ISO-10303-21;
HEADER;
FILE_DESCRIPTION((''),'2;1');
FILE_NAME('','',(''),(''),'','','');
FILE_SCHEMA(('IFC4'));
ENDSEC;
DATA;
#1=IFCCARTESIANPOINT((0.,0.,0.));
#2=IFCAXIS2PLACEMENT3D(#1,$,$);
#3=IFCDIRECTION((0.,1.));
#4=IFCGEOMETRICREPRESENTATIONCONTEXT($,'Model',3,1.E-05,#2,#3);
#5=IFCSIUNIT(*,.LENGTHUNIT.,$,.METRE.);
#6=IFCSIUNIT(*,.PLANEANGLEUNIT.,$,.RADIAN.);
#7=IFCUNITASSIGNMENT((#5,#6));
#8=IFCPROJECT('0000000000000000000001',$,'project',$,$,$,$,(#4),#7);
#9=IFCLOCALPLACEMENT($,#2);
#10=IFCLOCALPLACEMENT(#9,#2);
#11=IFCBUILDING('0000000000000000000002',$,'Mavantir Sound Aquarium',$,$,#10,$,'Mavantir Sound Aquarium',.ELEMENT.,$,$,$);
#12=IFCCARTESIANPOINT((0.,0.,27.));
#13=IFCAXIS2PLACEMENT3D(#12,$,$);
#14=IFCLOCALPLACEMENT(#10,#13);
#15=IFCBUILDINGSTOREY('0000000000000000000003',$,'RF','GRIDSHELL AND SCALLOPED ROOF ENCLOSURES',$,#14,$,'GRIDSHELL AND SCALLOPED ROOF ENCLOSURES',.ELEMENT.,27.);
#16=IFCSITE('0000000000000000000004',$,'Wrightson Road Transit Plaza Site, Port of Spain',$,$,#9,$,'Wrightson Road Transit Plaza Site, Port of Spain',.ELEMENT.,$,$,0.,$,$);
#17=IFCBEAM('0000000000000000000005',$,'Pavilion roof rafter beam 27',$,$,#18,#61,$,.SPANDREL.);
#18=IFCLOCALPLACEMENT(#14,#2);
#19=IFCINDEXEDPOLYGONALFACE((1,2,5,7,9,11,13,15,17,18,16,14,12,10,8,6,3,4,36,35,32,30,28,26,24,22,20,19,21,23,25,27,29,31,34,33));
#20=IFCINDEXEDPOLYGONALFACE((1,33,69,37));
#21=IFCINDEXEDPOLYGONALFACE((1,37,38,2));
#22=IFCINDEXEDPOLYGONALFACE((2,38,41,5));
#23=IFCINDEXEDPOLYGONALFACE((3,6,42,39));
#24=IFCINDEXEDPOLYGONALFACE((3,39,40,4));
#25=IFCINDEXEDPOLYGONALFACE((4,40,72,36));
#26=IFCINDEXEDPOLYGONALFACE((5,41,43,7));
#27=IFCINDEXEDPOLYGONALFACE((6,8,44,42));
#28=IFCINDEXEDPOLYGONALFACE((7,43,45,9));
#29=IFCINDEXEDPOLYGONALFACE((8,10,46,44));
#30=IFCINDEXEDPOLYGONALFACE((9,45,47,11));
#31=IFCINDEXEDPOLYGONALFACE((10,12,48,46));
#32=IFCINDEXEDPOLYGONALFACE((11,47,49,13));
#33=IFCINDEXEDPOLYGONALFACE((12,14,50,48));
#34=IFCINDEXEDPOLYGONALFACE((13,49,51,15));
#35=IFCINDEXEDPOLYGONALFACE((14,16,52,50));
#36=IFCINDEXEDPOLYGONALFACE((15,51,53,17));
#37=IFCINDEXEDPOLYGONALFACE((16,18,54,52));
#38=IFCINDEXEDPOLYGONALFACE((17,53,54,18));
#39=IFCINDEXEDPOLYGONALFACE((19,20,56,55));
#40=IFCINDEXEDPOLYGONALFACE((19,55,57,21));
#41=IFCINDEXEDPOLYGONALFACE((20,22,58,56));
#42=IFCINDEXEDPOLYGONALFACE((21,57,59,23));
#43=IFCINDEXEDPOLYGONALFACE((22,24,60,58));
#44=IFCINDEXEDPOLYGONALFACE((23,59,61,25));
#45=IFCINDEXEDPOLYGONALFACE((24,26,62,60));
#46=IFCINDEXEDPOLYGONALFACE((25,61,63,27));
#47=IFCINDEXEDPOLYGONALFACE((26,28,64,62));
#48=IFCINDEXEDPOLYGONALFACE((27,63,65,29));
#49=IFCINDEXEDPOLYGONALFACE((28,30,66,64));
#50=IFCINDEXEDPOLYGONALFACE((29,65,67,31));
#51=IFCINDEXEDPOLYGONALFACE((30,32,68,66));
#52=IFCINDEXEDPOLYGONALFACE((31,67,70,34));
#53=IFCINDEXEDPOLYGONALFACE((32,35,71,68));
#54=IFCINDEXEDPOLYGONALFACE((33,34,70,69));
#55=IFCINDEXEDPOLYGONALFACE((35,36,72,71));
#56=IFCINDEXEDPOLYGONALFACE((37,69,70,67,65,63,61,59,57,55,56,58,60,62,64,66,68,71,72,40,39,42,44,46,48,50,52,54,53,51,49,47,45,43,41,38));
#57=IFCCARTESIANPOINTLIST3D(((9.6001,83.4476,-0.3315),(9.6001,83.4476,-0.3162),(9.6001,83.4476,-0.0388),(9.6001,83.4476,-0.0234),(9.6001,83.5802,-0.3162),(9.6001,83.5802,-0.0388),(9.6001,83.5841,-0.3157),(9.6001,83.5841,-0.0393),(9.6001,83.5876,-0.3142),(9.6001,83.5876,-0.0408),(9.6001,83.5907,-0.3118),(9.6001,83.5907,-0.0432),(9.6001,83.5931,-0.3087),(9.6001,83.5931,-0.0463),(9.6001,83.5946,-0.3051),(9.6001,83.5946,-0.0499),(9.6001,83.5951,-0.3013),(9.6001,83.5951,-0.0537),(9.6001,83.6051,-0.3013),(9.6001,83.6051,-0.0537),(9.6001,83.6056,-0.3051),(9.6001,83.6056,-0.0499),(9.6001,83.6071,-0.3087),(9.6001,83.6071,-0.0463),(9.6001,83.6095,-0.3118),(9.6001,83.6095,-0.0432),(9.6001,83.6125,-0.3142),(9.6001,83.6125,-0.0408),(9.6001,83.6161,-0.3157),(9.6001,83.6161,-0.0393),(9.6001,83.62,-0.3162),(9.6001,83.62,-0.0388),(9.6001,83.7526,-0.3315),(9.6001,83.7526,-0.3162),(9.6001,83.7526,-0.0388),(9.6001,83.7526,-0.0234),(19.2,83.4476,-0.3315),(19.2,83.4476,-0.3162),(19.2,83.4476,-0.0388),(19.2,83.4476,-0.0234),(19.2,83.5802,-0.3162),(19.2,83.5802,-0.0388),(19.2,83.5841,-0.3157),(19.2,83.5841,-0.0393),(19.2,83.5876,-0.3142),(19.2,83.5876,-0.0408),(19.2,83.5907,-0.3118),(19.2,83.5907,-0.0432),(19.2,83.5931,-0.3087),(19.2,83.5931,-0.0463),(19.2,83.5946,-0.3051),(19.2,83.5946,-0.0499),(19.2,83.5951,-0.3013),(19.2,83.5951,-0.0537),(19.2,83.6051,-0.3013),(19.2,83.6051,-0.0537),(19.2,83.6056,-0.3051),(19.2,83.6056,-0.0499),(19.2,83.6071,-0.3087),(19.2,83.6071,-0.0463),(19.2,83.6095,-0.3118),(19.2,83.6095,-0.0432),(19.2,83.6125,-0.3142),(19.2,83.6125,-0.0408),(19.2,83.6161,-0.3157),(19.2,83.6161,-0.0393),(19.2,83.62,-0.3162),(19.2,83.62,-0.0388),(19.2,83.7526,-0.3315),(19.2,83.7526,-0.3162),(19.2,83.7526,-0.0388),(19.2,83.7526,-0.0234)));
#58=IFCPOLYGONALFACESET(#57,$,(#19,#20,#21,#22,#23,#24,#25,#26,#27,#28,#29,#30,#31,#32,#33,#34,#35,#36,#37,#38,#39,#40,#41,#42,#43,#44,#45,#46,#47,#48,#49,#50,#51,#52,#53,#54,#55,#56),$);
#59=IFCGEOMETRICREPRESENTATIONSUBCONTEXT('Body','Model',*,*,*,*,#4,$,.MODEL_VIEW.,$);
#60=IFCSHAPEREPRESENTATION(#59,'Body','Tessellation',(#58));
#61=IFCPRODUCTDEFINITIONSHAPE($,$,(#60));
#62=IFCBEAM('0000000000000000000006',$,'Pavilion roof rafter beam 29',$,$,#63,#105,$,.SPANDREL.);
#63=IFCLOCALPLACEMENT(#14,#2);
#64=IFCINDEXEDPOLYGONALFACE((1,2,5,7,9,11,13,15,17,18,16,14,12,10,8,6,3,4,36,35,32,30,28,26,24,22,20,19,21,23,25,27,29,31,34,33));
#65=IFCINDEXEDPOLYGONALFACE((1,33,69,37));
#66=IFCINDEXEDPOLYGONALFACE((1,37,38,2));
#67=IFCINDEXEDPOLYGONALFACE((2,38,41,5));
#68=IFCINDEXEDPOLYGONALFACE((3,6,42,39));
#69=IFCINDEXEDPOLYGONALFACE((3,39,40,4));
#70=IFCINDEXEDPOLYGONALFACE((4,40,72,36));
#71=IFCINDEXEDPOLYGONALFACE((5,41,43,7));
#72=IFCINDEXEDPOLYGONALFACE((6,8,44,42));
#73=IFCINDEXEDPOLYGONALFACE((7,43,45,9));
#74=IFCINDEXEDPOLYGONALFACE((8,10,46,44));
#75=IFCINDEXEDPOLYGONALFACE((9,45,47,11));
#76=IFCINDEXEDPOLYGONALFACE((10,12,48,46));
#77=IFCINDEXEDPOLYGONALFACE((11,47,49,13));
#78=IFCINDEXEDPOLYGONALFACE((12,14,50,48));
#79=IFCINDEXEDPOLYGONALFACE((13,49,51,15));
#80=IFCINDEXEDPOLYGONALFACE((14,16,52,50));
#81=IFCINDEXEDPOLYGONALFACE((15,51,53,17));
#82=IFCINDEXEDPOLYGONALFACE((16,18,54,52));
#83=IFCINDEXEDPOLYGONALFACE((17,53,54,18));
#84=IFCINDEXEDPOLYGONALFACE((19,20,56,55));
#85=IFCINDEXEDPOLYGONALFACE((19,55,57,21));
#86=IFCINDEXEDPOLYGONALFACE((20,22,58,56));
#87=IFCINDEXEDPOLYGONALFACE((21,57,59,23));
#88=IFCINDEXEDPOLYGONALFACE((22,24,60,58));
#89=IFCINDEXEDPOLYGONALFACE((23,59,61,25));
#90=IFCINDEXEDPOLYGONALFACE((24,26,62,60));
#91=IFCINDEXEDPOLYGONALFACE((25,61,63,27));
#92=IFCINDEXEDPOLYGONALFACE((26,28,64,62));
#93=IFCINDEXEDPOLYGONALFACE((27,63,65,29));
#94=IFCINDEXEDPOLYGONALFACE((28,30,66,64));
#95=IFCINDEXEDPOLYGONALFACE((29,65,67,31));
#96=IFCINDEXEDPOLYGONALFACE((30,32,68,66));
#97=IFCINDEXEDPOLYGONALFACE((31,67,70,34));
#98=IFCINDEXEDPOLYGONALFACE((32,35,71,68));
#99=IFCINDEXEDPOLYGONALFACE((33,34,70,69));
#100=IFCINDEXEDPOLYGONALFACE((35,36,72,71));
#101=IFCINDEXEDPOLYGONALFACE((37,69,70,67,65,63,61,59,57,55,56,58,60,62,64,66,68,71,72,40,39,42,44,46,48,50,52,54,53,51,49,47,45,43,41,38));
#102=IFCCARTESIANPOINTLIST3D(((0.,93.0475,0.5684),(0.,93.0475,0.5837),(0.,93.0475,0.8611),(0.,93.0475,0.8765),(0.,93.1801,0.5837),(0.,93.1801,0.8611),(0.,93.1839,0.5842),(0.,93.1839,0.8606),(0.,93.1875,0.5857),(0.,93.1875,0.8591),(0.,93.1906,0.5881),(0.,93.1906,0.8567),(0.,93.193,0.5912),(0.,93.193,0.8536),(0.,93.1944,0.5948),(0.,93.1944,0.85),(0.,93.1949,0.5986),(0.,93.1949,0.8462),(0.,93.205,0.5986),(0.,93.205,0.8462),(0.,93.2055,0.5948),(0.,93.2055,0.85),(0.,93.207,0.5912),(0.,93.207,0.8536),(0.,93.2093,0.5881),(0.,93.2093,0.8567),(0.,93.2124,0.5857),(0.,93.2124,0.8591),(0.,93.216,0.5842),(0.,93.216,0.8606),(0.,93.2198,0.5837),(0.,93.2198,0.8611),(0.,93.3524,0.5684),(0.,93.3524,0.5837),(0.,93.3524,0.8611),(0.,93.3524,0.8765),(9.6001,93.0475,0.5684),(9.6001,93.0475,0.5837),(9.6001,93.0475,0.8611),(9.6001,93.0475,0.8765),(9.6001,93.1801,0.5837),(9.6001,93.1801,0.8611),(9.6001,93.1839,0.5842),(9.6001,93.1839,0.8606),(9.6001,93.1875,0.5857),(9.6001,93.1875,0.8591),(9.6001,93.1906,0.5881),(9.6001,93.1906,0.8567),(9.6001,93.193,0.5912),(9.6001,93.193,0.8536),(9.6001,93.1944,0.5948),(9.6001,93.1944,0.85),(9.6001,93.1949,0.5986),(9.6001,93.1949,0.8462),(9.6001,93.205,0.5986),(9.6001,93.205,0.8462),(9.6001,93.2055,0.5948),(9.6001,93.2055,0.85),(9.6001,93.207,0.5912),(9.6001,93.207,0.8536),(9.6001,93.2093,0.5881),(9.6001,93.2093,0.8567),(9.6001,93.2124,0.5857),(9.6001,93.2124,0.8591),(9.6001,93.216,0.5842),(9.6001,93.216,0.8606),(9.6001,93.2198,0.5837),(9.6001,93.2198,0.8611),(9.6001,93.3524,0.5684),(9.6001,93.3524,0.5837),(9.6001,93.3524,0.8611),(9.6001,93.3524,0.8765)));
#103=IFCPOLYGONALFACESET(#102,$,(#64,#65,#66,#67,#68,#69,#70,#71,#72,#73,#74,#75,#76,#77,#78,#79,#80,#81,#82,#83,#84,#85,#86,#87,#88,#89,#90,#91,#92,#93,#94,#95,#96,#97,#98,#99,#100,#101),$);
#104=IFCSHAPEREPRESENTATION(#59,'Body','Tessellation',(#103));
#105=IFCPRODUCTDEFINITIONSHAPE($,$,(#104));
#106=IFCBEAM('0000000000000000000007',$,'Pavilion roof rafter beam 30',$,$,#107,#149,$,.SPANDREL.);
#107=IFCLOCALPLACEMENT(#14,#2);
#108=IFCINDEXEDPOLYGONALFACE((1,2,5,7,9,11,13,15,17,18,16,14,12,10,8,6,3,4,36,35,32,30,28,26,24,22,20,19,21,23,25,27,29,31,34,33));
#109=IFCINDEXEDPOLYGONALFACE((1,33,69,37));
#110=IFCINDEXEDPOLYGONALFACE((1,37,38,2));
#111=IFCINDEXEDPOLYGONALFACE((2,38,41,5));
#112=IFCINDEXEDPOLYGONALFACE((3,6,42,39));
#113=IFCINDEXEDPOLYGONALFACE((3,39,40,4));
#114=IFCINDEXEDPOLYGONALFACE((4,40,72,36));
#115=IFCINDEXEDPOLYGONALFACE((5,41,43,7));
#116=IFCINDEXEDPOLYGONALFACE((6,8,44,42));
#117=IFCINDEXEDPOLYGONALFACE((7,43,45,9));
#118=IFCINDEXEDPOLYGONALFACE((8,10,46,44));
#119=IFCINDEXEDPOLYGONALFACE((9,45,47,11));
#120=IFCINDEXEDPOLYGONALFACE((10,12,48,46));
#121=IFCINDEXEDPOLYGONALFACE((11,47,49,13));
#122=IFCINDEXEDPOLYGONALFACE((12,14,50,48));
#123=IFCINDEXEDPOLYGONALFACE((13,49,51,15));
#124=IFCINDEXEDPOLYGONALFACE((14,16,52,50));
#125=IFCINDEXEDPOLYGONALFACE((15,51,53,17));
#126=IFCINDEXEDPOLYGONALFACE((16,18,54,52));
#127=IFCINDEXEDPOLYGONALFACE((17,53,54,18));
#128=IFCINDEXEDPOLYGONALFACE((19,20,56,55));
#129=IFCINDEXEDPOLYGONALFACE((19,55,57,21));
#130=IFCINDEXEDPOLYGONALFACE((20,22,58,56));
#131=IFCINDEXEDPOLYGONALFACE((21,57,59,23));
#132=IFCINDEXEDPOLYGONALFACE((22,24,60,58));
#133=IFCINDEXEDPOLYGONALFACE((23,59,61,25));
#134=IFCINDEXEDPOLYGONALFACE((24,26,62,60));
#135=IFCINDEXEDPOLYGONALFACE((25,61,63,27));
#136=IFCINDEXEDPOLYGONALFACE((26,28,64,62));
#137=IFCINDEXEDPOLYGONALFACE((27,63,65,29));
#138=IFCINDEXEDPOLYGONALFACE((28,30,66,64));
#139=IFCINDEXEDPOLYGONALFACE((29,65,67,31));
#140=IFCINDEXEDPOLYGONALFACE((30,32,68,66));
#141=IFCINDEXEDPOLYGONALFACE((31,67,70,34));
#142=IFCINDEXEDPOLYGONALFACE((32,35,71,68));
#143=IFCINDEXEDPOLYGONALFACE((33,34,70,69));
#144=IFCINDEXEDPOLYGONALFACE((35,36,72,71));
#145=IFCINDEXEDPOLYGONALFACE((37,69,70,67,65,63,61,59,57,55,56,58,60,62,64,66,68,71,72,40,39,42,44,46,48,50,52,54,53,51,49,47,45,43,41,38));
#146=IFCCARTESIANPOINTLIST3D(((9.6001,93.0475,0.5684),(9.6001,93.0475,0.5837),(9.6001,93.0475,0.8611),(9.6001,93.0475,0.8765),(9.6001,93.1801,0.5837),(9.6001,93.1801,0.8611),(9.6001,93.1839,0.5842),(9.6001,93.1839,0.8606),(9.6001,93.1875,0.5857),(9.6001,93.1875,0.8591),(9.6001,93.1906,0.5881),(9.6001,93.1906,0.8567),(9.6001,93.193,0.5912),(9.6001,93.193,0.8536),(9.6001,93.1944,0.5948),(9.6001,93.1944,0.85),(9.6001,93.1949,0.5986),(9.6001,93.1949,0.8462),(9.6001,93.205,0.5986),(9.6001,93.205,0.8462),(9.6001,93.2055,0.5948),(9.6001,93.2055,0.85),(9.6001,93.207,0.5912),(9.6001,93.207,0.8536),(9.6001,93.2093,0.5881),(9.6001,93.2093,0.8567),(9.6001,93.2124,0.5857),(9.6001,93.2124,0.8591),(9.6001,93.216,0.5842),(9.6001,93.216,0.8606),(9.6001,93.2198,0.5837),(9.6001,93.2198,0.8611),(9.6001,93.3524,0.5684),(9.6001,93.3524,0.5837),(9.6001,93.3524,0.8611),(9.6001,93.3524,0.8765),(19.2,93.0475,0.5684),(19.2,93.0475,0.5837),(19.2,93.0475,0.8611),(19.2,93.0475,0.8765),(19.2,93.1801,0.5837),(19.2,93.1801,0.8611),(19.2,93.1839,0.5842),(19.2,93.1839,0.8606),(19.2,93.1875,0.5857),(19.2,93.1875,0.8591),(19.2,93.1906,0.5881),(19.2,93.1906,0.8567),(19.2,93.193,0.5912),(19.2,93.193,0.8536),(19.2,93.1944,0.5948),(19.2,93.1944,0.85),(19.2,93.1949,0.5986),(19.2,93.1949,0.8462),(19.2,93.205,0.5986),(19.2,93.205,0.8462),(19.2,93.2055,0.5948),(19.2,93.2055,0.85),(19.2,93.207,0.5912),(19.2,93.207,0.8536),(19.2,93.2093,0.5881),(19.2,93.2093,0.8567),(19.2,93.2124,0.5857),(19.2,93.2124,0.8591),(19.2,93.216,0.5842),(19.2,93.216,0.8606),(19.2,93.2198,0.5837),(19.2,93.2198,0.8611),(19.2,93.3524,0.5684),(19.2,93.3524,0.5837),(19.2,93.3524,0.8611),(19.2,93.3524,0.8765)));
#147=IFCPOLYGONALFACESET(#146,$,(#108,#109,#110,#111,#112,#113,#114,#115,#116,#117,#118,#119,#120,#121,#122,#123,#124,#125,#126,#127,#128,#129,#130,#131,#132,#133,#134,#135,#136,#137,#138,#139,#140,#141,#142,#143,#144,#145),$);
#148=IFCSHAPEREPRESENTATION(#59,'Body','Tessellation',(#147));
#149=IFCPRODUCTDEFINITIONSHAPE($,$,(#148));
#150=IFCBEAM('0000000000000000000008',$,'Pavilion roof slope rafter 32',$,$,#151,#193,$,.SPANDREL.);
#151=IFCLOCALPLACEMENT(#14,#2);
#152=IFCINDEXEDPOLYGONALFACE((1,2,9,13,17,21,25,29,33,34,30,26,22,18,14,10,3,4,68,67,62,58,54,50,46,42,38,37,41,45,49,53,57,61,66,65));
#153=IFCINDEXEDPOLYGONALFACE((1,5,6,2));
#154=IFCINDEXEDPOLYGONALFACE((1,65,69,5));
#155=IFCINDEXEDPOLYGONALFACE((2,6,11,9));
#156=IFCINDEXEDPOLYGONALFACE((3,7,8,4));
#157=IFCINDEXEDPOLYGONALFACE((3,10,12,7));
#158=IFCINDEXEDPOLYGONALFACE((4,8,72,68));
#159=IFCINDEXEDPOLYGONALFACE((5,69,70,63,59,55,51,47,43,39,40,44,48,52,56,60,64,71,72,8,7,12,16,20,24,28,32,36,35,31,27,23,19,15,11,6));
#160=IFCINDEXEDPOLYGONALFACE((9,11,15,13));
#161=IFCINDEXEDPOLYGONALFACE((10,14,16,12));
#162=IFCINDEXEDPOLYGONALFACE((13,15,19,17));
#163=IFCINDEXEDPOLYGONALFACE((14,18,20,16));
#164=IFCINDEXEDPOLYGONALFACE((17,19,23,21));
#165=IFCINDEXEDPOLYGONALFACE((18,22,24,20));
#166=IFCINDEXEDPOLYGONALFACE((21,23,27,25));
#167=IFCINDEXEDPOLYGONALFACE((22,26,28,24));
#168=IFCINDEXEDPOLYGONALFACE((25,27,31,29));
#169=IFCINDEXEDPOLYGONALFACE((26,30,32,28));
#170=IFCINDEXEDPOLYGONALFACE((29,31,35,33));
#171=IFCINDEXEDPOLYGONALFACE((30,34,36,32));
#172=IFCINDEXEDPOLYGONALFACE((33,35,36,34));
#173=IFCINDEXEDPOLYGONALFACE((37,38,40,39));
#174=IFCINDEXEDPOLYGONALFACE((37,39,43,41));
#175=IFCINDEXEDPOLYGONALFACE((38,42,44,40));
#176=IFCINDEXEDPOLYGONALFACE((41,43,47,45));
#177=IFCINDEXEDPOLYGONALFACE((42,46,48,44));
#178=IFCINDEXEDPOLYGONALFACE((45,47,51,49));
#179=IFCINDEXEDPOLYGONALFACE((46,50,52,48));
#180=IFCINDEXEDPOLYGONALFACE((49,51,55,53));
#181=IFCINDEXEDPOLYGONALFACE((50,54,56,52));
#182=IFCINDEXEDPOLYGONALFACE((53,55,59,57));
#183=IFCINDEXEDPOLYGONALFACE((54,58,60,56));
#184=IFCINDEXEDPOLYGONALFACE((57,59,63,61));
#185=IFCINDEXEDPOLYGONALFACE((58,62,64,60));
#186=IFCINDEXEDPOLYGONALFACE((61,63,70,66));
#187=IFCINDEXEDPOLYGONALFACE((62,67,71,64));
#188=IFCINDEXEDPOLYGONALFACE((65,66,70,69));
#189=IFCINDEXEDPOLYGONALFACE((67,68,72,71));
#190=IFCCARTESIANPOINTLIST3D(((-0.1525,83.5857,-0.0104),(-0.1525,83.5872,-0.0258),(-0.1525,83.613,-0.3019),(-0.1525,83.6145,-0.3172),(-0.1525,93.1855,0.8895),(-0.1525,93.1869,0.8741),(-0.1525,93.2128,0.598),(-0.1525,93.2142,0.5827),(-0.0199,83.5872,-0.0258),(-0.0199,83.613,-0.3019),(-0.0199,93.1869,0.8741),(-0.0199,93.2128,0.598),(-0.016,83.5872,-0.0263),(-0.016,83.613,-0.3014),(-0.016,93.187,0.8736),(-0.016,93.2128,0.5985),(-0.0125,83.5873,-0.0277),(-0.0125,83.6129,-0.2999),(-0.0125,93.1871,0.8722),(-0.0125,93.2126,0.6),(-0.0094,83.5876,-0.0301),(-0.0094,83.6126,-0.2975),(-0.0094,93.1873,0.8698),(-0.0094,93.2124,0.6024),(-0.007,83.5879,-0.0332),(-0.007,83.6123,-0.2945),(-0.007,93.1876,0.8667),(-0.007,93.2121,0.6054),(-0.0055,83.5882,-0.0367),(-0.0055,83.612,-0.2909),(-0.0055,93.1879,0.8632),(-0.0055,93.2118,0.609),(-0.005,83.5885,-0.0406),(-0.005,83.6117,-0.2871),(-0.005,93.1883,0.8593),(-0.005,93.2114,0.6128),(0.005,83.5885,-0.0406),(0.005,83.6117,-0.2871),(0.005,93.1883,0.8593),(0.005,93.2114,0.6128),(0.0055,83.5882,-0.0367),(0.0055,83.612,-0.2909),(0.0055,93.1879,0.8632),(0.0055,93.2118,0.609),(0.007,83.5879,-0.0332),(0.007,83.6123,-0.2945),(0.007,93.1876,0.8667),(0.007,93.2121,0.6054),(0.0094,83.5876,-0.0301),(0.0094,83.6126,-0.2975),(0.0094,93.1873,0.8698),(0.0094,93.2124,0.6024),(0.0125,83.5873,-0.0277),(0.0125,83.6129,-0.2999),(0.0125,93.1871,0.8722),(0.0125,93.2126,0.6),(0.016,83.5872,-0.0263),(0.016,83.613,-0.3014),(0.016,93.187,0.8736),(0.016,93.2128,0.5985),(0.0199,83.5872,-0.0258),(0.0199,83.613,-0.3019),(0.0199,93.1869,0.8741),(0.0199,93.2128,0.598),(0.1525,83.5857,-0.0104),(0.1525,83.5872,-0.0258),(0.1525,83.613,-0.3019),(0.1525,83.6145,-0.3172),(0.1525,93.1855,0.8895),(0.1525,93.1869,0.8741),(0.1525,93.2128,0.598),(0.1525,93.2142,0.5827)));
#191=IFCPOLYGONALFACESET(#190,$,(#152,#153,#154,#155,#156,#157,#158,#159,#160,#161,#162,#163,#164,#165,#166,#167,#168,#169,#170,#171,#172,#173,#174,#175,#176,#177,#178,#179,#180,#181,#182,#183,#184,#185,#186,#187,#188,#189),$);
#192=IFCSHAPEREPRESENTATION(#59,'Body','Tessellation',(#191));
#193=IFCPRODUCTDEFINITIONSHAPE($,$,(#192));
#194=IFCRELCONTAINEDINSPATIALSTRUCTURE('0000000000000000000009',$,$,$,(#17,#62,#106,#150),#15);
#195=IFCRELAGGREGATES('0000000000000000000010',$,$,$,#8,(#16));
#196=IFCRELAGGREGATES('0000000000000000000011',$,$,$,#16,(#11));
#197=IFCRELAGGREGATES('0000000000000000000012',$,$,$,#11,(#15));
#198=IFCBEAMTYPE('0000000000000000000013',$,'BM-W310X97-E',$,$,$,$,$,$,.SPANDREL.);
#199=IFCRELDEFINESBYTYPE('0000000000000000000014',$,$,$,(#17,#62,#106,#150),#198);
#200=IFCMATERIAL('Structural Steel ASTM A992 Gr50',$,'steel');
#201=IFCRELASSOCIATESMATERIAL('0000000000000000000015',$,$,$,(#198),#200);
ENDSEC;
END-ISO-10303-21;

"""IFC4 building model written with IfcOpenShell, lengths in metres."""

from ifc_helpers import new_model, si_unit, direction, frame, origin, origin_2d, place, context, subcontext, project, spatial, i_section, extrude, material, material_profile, profile_set, type_object, element, save


model = new_model("IFC4")

# Units and contexts
model_context = context("Model", 3, precision=1e-05, world=origin(), true_north=direction((0.0, 1.0)))
body_context = subcontext(model_context, "Body", "Model", "MODEL_VIEW")
ifc_project = project(units=[si_unit("LENGTHUNIT", "METRE"), si_unit("PLANEANGLEUNIT", "RADIAN")], contexts=[model_context])

# Site, building, storey
site_placement = place(None, origin())
site = spatial("IfcSite", under=ifc_project, at=site_placement, Name="Wrightson Road Transit Plaza Site, Port of Spain", LongName="Wrightson Road Transit Plaza Site, Port of Spain", CompositionType="ELEMENT", RefElevation=0.0)
building_placement = place(site_placement, origin())
building = spatial("IfcBuilding", under=site, at=building_placement, Name="Mavantir Sound Aquarium", LongName="Mavantir Sound Aquarium", CompositionType="ELEMENT")
storey_placement = place(building_placement, frame((0.0, 0.0, 27.0)))
storey = spatial("IfcBuildingStorey", under=building, at=storey_placement, Name="RF", Description="GRIDSHELL AND SCALLOPED ROOF ENCLOSURES", LongName="GRIDSHELL AND SCALLOPED ROOF ENCLOSURES", CompositionType="ELEMENT", Elevation=27.0)

# Beams
ifc_material_1 = material(Name="Structural Steel ASTM A992 Gr50", Category="steel")
ifc_material_profile_1 = material_profile(ifc_material_1, i_section(OverallWidth=0.3049, OverallDepth=0.3081, WebThickness=0.01, FlangeThickness=0.0154, FilletRadius=0.0149, at=origin_2d()), Name="W310X97")
ifc_profile_set_1 = profile_set([ifc_material_profile_1], Name="Structural Steel ASTM A992 Gr50")
beam_type_1 = type_object("IfcBeamType", Name="BM-W310X97-E", PredefinedType="SPANDREL", material=ifc_profile_set_1)
beam_1_placement = place(storey_placement, frame((9.6001, 83.6001, -0.1775), z_axis=(1.0, 0.0, 0.0), x_axis=(0.0, 1.0, 0.0)))
element("IfcBeam", 1, at=beam_1_placement, inside=storey, type_object=beam_type_1, Name="Pavilion roof rafter beam 27", PredefinedType="SPANDREL", context=body_context, shape_type="SweptSolid", body=[
    extrude(i_section(OverallWidth=0.3049, OverallDepth=0.3081, WebThickness=0.01, FlangeThickness=0.0154, FilletRadius=0.0149, at=origin_2d()), origin(), (0.0, 0.0, 1.0), 9.5999),
])
beam_2_placement = place(storey_placement, frame((0.0, 93.2, 0.7224), z_axis=(1.0, 0.0, 0.0), x_axis=(0.0, 1.0, 0.0)))
element("IfcBeam", 2, at=beam_2_placement, inside=storey, type_object=beam_type_1, Name="Pavilion roof rafter beam 29", PredefinedType="SPANDREL", context=body_context, shape_type="SweptSolid", body=[
    extrude(i_section(OverallWidth=0.3049, OverallDepth=0.3081, WebThickness=0.01, FlangeThickness=0.0154, FilletRadius=0.0149, at=origin_2d()), origin(), (0.0, 0.0, 1.0), 9.6001),
])
beam_3_placement = place(storey_placement, frame((9.6001, 93.2, 0.7224), z_axis=(1.0, 0.0, 0.0), x_axis=(0.0, 1.0, 0.0)))
element("IfcBeam", 3, at=beam_3_placement, inside=storey, type_object=beam_type_1, Name="Pavilion roof rafter beam 30", PredefinedType="SPANDREL", context=body_context, shape_type="SweptSolid", body=[
    extrude(i_section(OverallWidth=0.3049, OverallDepth=0.3081, WebThickness=0.01, FlangeThickness=0.0154, FilletRadius=0.0149, at=origin_2d()), origin(), (0.0, 0.0, 1.0), 9.5999),
])
for number, where, z_axis, x_axis, name in (
    (4, (0.0, 83.6001, -0.1638), (0.0, 0.995635, 0.093332), (-1.0, 0.0, 0.0), "Pavilion roof slope rafter 32"),
):
    element("IfcBeam", number, at=place(storey_placement, frame(where, z_axis=z_axis, x_axis=x_axis)), inside=storey, type_object=beam_type_1, Name=name, PredefinedType="SPANDREL", context=body_context, shape_type="SweptSolid", body=[
        extrude(i_section(OverallWidth=0.3049, OverallDepth=0.3081, WebThickness=0.01, FlangeThickness=0.0154, FilletRadius=0.0149, at=origin_2d()), origin(), (0.0, 0.0, 1.0), 9.6418),
    ])

save(model, "model.ifc")
